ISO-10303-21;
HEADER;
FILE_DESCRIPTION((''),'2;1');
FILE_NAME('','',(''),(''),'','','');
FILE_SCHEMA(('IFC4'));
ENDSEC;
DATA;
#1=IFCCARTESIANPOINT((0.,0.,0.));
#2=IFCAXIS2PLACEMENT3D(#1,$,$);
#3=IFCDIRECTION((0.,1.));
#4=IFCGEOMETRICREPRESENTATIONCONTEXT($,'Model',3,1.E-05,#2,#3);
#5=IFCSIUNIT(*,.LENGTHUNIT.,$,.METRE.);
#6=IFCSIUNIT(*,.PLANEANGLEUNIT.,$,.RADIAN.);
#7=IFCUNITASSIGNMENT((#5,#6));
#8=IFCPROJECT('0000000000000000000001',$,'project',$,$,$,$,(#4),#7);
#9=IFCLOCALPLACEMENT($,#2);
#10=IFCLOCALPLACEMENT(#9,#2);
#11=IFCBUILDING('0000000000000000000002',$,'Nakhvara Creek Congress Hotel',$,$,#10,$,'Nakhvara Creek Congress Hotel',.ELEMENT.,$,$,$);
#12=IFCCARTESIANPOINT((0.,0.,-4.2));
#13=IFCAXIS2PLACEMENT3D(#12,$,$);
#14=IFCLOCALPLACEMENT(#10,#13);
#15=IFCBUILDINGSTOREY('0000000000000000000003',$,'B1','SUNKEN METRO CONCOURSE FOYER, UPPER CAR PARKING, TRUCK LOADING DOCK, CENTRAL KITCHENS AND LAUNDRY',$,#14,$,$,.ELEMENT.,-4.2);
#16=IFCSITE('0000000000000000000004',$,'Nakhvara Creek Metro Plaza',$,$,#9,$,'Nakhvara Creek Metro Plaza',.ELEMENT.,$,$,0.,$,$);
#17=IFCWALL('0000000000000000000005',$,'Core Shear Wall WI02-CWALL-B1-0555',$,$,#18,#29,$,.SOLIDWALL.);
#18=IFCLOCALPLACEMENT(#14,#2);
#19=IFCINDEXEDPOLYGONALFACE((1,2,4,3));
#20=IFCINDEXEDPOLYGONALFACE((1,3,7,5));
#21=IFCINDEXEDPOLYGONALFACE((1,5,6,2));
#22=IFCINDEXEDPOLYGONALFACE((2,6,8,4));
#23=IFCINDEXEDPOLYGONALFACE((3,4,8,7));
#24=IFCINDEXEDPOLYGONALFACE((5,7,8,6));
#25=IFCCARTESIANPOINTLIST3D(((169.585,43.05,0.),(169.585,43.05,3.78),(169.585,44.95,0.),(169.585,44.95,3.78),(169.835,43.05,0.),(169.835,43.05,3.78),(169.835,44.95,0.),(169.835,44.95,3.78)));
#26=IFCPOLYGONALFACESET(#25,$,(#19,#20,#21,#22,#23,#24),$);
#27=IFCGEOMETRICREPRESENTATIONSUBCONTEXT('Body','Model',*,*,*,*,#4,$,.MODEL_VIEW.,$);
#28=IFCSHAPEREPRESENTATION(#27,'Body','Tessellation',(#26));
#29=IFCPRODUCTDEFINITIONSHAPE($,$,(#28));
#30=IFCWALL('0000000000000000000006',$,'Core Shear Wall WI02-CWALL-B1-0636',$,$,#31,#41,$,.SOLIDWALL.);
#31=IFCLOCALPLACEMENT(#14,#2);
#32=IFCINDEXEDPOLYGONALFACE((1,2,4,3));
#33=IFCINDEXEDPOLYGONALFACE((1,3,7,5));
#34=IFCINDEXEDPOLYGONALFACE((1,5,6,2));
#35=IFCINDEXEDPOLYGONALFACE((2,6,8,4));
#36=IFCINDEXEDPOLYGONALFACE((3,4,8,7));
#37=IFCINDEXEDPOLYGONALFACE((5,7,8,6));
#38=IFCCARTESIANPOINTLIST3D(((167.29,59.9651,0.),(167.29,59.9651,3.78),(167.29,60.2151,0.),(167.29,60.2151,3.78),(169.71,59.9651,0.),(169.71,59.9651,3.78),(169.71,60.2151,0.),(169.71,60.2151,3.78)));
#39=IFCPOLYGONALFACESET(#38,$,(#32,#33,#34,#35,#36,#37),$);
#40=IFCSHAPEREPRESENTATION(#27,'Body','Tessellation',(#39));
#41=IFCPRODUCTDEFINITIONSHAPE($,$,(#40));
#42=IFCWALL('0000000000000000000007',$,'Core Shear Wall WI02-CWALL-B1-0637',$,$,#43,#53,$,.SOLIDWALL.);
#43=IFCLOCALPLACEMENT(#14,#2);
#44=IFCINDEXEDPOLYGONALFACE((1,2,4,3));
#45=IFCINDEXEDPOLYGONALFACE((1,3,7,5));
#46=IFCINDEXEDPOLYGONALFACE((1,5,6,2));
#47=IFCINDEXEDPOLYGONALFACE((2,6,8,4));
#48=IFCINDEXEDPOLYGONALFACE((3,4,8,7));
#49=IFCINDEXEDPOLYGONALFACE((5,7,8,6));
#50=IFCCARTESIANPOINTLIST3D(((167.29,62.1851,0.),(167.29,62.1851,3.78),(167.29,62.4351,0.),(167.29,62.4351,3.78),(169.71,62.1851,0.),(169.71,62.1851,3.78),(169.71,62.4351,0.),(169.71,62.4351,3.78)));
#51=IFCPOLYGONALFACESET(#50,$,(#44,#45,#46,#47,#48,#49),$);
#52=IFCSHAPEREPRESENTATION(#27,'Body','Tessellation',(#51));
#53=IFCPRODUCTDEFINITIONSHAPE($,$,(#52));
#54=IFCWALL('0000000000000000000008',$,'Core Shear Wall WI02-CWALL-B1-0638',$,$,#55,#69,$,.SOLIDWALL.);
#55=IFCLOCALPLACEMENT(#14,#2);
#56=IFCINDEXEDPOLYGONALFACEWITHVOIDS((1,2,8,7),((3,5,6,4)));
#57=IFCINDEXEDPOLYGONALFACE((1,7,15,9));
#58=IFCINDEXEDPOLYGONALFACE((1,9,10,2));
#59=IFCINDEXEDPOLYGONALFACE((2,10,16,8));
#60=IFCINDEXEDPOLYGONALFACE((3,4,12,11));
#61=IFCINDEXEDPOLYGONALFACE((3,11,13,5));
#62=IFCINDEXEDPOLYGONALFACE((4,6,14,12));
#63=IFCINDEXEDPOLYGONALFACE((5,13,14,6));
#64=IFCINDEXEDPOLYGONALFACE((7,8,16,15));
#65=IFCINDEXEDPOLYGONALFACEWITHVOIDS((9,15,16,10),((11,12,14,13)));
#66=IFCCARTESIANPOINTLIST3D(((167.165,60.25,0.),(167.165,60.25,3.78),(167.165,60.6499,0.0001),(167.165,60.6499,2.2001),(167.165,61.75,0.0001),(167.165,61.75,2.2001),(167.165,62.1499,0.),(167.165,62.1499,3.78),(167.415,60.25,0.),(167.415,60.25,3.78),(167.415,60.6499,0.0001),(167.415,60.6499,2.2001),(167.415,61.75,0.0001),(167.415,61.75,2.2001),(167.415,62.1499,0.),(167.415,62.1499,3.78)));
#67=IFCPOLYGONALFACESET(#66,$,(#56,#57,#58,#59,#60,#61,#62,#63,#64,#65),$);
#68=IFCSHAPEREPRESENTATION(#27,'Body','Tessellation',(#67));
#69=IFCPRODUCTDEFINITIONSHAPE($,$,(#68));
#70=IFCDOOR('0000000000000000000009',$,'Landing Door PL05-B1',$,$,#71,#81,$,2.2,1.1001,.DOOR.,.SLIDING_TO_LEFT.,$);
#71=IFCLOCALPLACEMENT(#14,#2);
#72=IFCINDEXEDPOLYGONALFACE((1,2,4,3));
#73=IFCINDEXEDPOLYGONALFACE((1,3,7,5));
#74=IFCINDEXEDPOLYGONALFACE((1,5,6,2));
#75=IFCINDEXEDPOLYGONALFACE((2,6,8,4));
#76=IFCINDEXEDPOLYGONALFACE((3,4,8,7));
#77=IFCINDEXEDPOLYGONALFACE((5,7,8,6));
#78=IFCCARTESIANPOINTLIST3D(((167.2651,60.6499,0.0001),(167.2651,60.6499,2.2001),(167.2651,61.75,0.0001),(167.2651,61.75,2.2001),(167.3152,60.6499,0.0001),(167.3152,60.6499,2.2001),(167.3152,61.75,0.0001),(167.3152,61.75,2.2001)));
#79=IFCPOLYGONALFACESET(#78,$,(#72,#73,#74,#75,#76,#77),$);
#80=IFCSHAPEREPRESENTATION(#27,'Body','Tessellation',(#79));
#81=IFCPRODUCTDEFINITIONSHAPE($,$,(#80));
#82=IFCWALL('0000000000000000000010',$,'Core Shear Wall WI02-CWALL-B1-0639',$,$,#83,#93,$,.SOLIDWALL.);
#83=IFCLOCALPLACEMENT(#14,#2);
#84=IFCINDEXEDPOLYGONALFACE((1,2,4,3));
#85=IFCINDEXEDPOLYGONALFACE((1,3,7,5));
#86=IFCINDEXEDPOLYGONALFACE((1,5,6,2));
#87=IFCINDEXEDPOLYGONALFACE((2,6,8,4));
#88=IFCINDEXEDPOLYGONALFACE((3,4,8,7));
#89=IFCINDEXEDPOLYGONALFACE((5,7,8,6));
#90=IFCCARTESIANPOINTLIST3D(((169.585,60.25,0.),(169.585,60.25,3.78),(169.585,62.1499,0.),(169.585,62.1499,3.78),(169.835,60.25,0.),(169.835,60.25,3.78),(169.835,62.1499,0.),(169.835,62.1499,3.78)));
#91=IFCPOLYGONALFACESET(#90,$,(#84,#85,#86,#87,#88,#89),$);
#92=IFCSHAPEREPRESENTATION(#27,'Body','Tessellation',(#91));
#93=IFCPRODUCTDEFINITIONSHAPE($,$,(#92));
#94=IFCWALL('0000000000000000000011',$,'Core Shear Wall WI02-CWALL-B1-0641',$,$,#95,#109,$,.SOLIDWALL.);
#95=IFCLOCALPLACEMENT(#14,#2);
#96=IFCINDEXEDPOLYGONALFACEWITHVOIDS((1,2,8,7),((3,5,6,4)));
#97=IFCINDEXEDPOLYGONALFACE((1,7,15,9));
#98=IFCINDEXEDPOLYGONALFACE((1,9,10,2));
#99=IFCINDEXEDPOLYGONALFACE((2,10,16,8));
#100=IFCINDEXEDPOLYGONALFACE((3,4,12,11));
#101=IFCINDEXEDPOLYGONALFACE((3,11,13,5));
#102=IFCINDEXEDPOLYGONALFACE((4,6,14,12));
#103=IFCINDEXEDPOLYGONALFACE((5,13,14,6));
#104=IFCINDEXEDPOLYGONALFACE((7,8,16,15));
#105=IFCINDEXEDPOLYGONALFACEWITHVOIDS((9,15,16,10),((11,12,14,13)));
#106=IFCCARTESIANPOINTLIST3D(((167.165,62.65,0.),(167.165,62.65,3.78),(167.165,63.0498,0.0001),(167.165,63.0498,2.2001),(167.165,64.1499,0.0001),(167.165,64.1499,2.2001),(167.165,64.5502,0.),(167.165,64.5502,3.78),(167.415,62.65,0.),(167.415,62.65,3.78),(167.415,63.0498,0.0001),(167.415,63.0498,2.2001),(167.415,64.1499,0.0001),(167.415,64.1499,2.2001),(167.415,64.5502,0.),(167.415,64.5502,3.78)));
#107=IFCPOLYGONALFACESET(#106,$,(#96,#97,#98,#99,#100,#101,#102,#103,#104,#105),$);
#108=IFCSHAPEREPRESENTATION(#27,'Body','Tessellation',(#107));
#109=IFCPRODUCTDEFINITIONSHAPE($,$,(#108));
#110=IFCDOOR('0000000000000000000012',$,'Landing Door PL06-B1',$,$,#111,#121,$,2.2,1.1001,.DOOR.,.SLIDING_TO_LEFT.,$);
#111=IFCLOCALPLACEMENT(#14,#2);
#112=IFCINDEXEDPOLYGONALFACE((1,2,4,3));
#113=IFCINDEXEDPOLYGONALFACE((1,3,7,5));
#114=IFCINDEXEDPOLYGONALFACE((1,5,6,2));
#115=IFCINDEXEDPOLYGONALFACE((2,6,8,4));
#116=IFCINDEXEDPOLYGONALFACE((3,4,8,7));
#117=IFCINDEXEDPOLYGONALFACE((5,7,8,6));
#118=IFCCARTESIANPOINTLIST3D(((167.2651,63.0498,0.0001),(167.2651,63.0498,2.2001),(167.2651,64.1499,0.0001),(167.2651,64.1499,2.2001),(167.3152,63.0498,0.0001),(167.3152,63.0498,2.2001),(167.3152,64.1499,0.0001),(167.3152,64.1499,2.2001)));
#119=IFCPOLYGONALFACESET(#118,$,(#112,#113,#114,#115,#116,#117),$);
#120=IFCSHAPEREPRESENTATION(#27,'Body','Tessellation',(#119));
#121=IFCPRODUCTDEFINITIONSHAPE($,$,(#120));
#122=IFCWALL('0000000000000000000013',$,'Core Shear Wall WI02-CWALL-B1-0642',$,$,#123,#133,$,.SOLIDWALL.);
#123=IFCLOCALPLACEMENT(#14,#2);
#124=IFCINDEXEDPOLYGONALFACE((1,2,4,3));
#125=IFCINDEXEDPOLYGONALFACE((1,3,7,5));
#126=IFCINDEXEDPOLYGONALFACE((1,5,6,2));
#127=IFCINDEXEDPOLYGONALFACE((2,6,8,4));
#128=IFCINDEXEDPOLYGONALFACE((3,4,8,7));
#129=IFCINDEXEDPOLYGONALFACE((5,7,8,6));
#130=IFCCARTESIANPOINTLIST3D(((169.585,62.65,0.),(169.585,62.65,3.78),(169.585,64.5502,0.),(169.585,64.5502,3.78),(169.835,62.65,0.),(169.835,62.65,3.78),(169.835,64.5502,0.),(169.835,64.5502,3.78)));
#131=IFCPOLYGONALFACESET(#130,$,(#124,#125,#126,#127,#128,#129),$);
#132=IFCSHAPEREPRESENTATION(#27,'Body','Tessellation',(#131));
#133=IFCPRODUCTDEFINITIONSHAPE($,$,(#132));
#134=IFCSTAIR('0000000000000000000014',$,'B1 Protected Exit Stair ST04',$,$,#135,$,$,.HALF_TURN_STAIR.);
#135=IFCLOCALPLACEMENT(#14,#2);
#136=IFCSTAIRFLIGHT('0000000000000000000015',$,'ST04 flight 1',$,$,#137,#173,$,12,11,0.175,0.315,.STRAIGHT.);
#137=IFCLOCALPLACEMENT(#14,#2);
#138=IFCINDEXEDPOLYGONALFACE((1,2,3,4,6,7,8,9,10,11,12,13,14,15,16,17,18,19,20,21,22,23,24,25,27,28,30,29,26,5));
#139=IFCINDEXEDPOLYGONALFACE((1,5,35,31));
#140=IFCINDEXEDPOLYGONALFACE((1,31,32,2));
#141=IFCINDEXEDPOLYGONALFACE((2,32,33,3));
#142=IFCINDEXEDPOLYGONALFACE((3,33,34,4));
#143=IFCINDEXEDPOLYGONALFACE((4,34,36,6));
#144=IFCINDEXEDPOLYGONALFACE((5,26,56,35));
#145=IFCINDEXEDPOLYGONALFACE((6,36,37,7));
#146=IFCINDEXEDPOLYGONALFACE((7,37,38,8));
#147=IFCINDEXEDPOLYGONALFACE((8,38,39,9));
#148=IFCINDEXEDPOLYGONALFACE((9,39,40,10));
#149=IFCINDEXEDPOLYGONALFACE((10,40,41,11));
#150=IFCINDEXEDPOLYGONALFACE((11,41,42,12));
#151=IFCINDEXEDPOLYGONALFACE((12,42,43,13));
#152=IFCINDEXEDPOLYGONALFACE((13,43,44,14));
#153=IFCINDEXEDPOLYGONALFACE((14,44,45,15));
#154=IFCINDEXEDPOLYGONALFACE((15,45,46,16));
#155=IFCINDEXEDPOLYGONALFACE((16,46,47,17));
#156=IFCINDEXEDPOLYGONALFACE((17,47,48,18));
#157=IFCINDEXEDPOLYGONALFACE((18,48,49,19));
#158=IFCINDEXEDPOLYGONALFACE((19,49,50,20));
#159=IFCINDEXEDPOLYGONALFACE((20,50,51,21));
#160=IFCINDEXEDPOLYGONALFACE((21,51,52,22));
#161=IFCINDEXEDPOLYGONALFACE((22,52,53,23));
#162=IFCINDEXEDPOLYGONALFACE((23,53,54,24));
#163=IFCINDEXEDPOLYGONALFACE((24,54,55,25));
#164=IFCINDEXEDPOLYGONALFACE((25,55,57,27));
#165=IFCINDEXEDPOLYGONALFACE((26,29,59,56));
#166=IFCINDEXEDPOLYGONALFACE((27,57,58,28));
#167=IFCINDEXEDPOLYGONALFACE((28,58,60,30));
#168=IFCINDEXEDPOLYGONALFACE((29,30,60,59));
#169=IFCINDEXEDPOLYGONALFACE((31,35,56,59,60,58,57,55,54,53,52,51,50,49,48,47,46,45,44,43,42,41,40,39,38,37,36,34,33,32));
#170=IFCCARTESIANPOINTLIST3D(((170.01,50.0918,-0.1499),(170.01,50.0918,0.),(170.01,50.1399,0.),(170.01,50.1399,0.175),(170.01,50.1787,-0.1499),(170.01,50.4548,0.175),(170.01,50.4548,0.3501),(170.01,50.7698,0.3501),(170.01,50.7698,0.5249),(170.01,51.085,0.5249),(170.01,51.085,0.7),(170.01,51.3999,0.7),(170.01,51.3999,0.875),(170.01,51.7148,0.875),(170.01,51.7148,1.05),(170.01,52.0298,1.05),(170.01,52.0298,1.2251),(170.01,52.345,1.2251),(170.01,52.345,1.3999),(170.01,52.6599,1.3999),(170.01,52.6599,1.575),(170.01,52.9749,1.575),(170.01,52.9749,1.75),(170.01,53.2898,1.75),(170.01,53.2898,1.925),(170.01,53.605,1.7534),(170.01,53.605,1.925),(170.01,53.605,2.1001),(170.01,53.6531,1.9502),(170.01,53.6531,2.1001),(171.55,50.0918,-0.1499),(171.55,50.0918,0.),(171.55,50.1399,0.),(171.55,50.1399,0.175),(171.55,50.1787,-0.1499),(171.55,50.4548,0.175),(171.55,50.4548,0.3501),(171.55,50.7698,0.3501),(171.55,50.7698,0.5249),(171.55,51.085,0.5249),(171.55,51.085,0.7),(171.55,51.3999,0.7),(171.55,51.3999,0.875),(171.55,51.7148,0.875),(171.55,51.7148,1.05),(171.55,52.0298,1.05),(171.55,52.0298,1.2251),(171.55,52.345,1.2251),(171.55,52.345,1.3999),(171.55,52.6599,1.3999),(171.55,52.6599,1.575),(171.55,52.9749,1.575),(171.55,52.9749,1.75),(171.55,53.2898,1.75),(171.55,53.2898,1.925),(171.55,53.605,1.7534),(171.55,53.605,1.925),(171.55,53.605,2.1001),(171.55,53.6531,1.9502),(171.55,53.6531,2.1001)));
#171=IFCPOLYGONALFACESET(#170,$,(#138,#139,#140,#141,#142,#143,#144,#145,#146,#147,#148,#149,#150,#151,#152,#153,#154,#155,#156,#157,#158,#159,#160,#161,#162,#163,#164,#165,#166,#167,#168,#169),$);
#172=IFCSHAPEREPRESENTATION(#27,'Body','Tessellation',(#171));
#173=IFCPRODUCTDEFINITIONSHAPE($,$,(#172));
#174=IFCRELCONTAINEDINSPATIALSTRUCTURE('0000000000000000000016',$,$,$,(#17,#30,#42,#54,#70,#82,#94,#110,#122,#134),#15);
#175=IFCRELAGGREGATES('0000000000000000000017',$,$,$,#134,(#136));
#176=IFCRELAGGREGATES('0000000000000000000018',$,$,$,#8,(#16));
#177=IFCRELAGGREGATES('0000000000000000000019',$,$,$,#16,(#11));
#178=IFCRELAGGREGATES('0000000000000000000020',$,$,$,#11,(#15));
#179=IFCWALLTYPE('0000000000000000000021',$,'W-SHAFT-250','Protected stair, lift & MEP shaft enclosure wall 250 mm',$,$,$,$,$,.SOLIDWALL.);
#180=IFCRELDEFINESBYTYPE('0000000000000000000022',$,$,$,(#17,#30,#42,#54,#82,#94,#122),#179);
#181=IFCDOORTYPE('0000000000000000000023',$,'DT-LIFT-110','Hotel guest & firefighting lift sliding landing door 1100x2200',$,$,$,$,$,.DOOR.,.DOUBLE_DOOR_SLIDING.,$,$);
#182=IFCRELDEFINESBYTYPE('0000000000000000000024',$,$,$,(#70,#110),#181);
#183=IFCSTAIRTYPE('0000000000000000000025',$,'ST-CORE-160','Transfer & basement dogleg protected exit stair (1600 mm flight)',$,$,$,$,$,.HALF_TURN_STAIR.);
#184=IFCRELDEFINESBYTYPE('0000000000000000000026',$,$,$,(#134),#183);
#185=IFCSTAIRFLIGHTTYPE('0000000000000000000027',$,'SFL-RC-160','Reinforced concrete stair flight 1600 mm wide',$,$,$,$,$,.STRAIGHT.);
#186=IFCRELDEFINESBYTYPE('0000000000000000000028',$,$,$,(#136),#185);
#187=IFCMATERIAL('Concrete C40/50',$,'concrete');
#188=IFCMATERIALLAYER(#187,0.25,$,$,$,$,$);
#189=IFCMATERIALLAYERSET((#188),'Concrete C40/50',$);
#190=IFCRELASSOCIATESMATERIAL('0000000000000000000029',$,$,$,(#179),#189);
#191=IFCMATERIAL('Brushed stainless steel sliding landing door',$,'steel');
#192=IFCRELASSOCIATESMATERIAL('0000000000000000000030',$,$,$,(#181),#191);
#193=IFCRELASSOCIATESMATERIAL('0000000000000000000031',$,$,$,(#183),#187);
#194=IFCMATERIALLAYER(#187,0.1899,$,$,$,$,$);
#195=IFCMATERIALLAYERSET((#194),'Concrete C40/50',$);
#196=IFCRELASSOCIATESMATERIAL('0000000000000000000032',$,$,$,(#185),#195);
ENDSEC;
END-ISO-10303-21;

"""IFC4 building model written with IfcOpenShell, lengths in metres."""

from ifc_helpers import new_model, si_unit, direction, frame, frame_2d, origin, place, context, subcontext, project, spatial, polyline, rectangle, outline, extrude, material, layer, layer_set, type_object, element, fill, aggregate, save


model = new_model("IFC4")

# Units and contexts
model_context = context("Model", 3, precision=1e-05, world=origin(), true_north=direction((0.0, 1.0)))
body_context = subcontext(model_context, "Body", "Model", "MODEL_VIEW")
ifc_project = project(units=[si_unit("LENGTHUNIT", "METRE"), si_unit("PLANEANGLEUNIT", "RADIAN")], contexts=[model_context])

# Site, building, storey
site_placement = place(None, origin())
site = spatial("IfcSite", under=ifc_project, at=site_placement, Name="Nakhvara Creek Metro Plaza", LongName="Nakhvara Creek Metro Plaza", CompositionType="ELEMENT", RefElevation=0.0)
building_placement = place(site_placement, origin())
building = spatial("IfcBuilding", under=site, at=building_placement, Name="Nakhvara Creek Congress Hotel", LongName="Nakhvara Creek Congress Hotel", CompositionType="ELEMENT")
storey_placement = place(building_placement, frame((0.0, 0.0, -4.2)))
storey = spatial("IfcBuildingStorey", under=building, at=storey_placement, Name="B1", Description="SUNKEN METRO CONCOURSE FOYER, UPPER CAR PARKING, TRUCK LOADING DOCK, CENTRAL KITCHENS AND LAUNDRY", CompositionType="ELEMENT", Elevation=-4.2)

# Shared definitions
ifc_material_1 = material(Name="Concrete C40/50", Category="concrete")

# Walls
ifc_layer_1 = layer(ifc_material_1, 0.25)
ifc_layer_set_1 = layer_set([ifc_layer_1], Name="Concrete C40/50")
wall_type_1 = type_object("IfcWallType", Name="W-SHAFT-250", Description="Protected stair, lift & MEP shaft enclosure wall 250 mm", PredefinedType="SOLIDWALL", material=ifc_layer_set_1)
wall_1_placement = place(storey_placement, frame((169.71, 43.05, 0.0), z_axis=(0.0, 0.0, 1.0), x_axis=(0.0, 1.0, 0.0)))
element("IfcWall", 1, at=wall_1_placement, inside=storey, type_object=wall_type_1, Name="Core Shear Wall WI02-CWALL-B1-0555", PredefinedType="SOLIDWALL", context=body_context, shape_type="SweptSolid", body=[
    extrude(rectangle(XDim=1.8999, YDim=0.25, at=frame_2d((0.95, 0.0))), origin(), (0.0, 0.0, 1.0), 3.78),
])
for number, where, z_axis, x_axis, name in (
    (2, (167.29, 60.0901, 0.0), (0.0, 0.0, 1.0), (1.0, 0.0, 0.0), "Core Shear Wall WI02-CWALL-B1-0636"),
    (3, (167.29, 62.3101, 0.0), (0.0, 0.0, 1.0), (1.0, 0.0, 0.0), "Core Shear Wall WI02-CWALL-B1-0637"),
):
    element("IfcWall", number, at=place(storey_placement, frame(where, z_axis=z_axis, x_axis=x_axis)), inside=storey, type_object=wall_type_1, Name=name, PredefinedType="SOLIDWALL", context=body_context, shape_type="SweptSolid", body=[
        extrude(rectangle(XDim=2.4199, YDim=0.25, at=frame_2d((1.21, 0.0))), origin(), (0.0, 0.0, 1.0), 3.78),
    ])

# Wall, opening, door
wall_2_placement = place(storey_placement, frame((167.29, 60.25, 0.0), z_axis=(0.0, 0.0, 1.0), x_axis=(0.0, 1.0, 0.0)))
wall_2 = element("IfcWall", 4, at=wall_2_placement, inside=storey, type_object=wall_type_1, Name="Core Shear Wall WI02-CWALL-B1-0638", PredefinedType="SOLIDWALL", context=body_context, shape_type="SweptSolid", body=[
    extrude(rectangle(XDim=1.8999, YDim=0.25, at=frame_2d((0.95, 0.0))), origin(), (0.0, 0.0, 1.0), 3.78),
])
opening_1_placement = place(wall_2_placement, frame((0.3999, 0.0, 0.0)))
opening_1 = element("IfcOpeningElement", 5, at=opening_1_placement, cuts=wall_2, PredefinedType="OPENING", context=body_context, shape_type="SweptSolid", body=[
    extrude(rectangle(XDim=1.1001, YDim=2.2, at=frame_2d((0.55, 1.1001))), frame((0.0, 0.137, 0.0), z_axis=(0.0, -1.0, 0.0), x_axis=(1.0, 0.0, 0.0)), (0.0, 0.0, 1.0), 0.2739),
])
ifc_material_2 = material(Name="Brushed stainless steel sliding landing door", Category="steel")
door_type_1 = type_object("IfcDoorType", Name="DT-LIFT-110", Description="Hotel guest & firefighting lift sliding landing door 1100x2200", OperationType="DOUBLE_DOOR_SLIDING", PredefinedType="DOOR", material=ifc_material_2)
door_1_placement = place(opening_1_placement, origin())
door_1 = element("IfcDoor", 6, at=door_1_placement, inside=storey, type_object=door_type_1, Name="Landing Door PL05-B1", OperationType="SLIDING_TO_LEFT", OverallHeight=2.2, OverallWidth=1.1001, PredefinedType="DOOR", context=body_context, shape_type="SweptSolid", body=[
    extrude(rectangle(XDim=1.1001, YDim=2.2, at=frame_2d((0.55, 1.1001))), frame((0.0, 0.0249, 0.0), z_axis=(0.0, -1.0, 0.0), x_axis=(1.0, 0.0, 0.0)), (0.0, 0.0, 1.0), 0.05),
])
fill(opening_1, door_1)

# Wall
wall_3_placement = place(storey_placement, frame((169.71, 60.25, 0.0), z_axis=(0.0, 0.0, 1.0), x_axis=(0.0, 1.0, 0.0)))
element("IfcWall", 7, at=wall_3_placement, inside=storey, type_object=wall_type_1, Name="Core Shear Wall WI02-CWALL-B1-0639", PredefinedType="SOLIDWALL", context=body_context, shape_type="SweptSolid", body=[
    extrude(rectangle(XDim=1.8999, YDim=0.25, at=frame_2d((0.95, 0.0))), origin(), (0.0, 0.0, 1.0), 3.78),
])

# Wall, opening, door
wall_4_placement = place(storey_placement, frame((167.29, 62.6499, 0.0), z_axis=(0.0, 0.0, 1.0), x_axis=(0.0, 1.0, 0.0)))
wall_4 = element("IfcWall", 8, at=wall_4_placement, inside=storey, type_object=wall_type_1, Name="Core Shear Wall WI02-CWALL-B1-0641", PredefinedType="SOLIDWALL", context=body_context, shape_type="SweptSolid", body=[
    extrude(rectangle(XDim=1.9001, YDim=0.25, at=frame_2d((0.9502, 0.0))), origin(), (0.0, 0.0, 1.0), 3.78),
])
opening_2_placement = place(wall_4_placement, frame((0.3999, 0.0, 0.0)))
opening_2 = element("IfcOpeningElement", 9, at=opening_2_placement, cuts=wall_4, PredefinedType="OPENING", context=body_context, shape_type="SweptSolid", body=[
    extrude(rectangle(XDim=1.1001, YDim=2.2, at=frame_2d((0.55, 1.1001))), frame((0.0, 0.137, 0.0), z_axis=(0.0, -1.0, 0.0), x_axis=(1.0, 0.0, 0.0)), (0.0, 0.0, 1.0), 0.2739),
])
door_2_placement = place(opening_2_placement, origin())
door_2 = element("IfcDoor", 10, at=door_2_placement, inside=storey, type_object=door_type_1, Name="Landing Door PL06-B1", OperationType="SLIDING_TO_LEFT", OverallHeight=2.2, OverallWidth=1.1001, PredefinedType="DOOR", context=body_context, shape_type="SweptSolid", body=[
    extrude(rectangle(XDim=1.1001, YDim=2.2, at=frame_2d((0.55, 1.1001))), frame((0.0, 0.0249, 0.0), z_axis=(0.0, -1.0, 0.0), x_axis=(1.0, 0.0, 0.0)), (0.0, 0.0, 1.0), 0.05),
])
fill(opening_2, door_2)

# Wall
wall_5_placement = place(storey_placement, frame((169.71, 62.6499, 0.0), z_axis=(0.0, 0.0, 1.0), x_axis=(0.0, 1.0, 0.0)))
element("IfcWall", 11, at=wall_5_placement, inside=storey, type_object=wall_type_1, Name="Core Shear Wall WI02-CWALL-B1-0642", PredefinedType="SOLIDWALL", context=body_context, shape_type="SweptSolid", body=[
    extrude(rectangle(XDim=1.9001, YDim=0.25, at=frame_2d((0.9502, 0.0))), origin(), (0.0, 0.0, 1.0), 3.78),
])

# Stair, stair flight
stair_type = type_object("IfcStairType", Name="ST-CORE-160", Description="Transfer & basement dogleg protected exit stair (1600 mm flight)", PredefinedType="HALF_TURN_STAIR", material=ifc_material_1)
stair_placement = place(storey_placement, origin())
stair = element("IfcStair", 12, at=stair_placement, inside=storey, type_object=stair_type, Name="B1 Protected Exit Stair ST04", PredefinedType="HALF_TURN_STAIR")
ifc_layer_2 = layer(ifc_material_1, 0.1899)
ifc_layer_set_2 = layer_set([ifc_layer_2], Name="Concrete C40/50")
stair_flight_type = type_object("IfcStairFlightType", Name="SFL-RC-160", Description="Reinforced concrete stair flight 1600 mm wide", PredefinedType="STRAIGHT", material=ifc_layer_set_2)
stair_flight_1_placement = place(storey_placement, frame((170.78, 50.1399, 0.0), z_axis=(0.0, 0.0, 1.0), x_axis=(0.0, 1.0, 0.0)))
stair_flight_1 = element("IfcStairFlight", 13, at=stair_flight_1_placement, type_object=stair_flight_type, Name="ST04 flight 1", NumberOfRisers=12, NumberOfTreads=11, PredefinedType="STRAIGHT", RiserHeight=0.175, TreadLength=0.315, context=body_context, shape_type="SweptSolid", body=[
    extrude(outline(polyline([(-0.0481, 0.0), (0.0, 0.0), (0.0, 0.175), (0.3149, 0.175), (0.3149, 0.3501), (0.6299, 0.3501), (0.6299, 0.5249), (0.9451, 0.5249), (0.9451, 0.7), (1.26, 0.7), (1.26, 0.875), (1.575, 0.875), (1.575, 1.05), (1.8899, 1.05), (1.8899, 1.2251), (2.2051, 1.2251), (2.2051, 1.3999), (2.52, 1.3999), (2.52, 1.575), (2.835, 1.575), (2.835, 1.75), (3.1499, 1.75), (3.1499, 1.925), (3.4651, 1.925), (3.4651, 2.1001), (3.5132, 2.1001), (3.5132, 1.9502), (3.4651, 1.7534), (0.0388, -0.1499), (-0.0481, -0.1499), (-0.0481, 0.0)])), frame((0.0, 0.77, 0.0), z_axis=(0.0, -1.0, 0.0), x_axis=(1.0, 0.0, 0.0)), (0.0, 0.0, 1.0), 1.54),
])
aggregate(stair, [stair_flight_1])

save(model, "model.ifc")
